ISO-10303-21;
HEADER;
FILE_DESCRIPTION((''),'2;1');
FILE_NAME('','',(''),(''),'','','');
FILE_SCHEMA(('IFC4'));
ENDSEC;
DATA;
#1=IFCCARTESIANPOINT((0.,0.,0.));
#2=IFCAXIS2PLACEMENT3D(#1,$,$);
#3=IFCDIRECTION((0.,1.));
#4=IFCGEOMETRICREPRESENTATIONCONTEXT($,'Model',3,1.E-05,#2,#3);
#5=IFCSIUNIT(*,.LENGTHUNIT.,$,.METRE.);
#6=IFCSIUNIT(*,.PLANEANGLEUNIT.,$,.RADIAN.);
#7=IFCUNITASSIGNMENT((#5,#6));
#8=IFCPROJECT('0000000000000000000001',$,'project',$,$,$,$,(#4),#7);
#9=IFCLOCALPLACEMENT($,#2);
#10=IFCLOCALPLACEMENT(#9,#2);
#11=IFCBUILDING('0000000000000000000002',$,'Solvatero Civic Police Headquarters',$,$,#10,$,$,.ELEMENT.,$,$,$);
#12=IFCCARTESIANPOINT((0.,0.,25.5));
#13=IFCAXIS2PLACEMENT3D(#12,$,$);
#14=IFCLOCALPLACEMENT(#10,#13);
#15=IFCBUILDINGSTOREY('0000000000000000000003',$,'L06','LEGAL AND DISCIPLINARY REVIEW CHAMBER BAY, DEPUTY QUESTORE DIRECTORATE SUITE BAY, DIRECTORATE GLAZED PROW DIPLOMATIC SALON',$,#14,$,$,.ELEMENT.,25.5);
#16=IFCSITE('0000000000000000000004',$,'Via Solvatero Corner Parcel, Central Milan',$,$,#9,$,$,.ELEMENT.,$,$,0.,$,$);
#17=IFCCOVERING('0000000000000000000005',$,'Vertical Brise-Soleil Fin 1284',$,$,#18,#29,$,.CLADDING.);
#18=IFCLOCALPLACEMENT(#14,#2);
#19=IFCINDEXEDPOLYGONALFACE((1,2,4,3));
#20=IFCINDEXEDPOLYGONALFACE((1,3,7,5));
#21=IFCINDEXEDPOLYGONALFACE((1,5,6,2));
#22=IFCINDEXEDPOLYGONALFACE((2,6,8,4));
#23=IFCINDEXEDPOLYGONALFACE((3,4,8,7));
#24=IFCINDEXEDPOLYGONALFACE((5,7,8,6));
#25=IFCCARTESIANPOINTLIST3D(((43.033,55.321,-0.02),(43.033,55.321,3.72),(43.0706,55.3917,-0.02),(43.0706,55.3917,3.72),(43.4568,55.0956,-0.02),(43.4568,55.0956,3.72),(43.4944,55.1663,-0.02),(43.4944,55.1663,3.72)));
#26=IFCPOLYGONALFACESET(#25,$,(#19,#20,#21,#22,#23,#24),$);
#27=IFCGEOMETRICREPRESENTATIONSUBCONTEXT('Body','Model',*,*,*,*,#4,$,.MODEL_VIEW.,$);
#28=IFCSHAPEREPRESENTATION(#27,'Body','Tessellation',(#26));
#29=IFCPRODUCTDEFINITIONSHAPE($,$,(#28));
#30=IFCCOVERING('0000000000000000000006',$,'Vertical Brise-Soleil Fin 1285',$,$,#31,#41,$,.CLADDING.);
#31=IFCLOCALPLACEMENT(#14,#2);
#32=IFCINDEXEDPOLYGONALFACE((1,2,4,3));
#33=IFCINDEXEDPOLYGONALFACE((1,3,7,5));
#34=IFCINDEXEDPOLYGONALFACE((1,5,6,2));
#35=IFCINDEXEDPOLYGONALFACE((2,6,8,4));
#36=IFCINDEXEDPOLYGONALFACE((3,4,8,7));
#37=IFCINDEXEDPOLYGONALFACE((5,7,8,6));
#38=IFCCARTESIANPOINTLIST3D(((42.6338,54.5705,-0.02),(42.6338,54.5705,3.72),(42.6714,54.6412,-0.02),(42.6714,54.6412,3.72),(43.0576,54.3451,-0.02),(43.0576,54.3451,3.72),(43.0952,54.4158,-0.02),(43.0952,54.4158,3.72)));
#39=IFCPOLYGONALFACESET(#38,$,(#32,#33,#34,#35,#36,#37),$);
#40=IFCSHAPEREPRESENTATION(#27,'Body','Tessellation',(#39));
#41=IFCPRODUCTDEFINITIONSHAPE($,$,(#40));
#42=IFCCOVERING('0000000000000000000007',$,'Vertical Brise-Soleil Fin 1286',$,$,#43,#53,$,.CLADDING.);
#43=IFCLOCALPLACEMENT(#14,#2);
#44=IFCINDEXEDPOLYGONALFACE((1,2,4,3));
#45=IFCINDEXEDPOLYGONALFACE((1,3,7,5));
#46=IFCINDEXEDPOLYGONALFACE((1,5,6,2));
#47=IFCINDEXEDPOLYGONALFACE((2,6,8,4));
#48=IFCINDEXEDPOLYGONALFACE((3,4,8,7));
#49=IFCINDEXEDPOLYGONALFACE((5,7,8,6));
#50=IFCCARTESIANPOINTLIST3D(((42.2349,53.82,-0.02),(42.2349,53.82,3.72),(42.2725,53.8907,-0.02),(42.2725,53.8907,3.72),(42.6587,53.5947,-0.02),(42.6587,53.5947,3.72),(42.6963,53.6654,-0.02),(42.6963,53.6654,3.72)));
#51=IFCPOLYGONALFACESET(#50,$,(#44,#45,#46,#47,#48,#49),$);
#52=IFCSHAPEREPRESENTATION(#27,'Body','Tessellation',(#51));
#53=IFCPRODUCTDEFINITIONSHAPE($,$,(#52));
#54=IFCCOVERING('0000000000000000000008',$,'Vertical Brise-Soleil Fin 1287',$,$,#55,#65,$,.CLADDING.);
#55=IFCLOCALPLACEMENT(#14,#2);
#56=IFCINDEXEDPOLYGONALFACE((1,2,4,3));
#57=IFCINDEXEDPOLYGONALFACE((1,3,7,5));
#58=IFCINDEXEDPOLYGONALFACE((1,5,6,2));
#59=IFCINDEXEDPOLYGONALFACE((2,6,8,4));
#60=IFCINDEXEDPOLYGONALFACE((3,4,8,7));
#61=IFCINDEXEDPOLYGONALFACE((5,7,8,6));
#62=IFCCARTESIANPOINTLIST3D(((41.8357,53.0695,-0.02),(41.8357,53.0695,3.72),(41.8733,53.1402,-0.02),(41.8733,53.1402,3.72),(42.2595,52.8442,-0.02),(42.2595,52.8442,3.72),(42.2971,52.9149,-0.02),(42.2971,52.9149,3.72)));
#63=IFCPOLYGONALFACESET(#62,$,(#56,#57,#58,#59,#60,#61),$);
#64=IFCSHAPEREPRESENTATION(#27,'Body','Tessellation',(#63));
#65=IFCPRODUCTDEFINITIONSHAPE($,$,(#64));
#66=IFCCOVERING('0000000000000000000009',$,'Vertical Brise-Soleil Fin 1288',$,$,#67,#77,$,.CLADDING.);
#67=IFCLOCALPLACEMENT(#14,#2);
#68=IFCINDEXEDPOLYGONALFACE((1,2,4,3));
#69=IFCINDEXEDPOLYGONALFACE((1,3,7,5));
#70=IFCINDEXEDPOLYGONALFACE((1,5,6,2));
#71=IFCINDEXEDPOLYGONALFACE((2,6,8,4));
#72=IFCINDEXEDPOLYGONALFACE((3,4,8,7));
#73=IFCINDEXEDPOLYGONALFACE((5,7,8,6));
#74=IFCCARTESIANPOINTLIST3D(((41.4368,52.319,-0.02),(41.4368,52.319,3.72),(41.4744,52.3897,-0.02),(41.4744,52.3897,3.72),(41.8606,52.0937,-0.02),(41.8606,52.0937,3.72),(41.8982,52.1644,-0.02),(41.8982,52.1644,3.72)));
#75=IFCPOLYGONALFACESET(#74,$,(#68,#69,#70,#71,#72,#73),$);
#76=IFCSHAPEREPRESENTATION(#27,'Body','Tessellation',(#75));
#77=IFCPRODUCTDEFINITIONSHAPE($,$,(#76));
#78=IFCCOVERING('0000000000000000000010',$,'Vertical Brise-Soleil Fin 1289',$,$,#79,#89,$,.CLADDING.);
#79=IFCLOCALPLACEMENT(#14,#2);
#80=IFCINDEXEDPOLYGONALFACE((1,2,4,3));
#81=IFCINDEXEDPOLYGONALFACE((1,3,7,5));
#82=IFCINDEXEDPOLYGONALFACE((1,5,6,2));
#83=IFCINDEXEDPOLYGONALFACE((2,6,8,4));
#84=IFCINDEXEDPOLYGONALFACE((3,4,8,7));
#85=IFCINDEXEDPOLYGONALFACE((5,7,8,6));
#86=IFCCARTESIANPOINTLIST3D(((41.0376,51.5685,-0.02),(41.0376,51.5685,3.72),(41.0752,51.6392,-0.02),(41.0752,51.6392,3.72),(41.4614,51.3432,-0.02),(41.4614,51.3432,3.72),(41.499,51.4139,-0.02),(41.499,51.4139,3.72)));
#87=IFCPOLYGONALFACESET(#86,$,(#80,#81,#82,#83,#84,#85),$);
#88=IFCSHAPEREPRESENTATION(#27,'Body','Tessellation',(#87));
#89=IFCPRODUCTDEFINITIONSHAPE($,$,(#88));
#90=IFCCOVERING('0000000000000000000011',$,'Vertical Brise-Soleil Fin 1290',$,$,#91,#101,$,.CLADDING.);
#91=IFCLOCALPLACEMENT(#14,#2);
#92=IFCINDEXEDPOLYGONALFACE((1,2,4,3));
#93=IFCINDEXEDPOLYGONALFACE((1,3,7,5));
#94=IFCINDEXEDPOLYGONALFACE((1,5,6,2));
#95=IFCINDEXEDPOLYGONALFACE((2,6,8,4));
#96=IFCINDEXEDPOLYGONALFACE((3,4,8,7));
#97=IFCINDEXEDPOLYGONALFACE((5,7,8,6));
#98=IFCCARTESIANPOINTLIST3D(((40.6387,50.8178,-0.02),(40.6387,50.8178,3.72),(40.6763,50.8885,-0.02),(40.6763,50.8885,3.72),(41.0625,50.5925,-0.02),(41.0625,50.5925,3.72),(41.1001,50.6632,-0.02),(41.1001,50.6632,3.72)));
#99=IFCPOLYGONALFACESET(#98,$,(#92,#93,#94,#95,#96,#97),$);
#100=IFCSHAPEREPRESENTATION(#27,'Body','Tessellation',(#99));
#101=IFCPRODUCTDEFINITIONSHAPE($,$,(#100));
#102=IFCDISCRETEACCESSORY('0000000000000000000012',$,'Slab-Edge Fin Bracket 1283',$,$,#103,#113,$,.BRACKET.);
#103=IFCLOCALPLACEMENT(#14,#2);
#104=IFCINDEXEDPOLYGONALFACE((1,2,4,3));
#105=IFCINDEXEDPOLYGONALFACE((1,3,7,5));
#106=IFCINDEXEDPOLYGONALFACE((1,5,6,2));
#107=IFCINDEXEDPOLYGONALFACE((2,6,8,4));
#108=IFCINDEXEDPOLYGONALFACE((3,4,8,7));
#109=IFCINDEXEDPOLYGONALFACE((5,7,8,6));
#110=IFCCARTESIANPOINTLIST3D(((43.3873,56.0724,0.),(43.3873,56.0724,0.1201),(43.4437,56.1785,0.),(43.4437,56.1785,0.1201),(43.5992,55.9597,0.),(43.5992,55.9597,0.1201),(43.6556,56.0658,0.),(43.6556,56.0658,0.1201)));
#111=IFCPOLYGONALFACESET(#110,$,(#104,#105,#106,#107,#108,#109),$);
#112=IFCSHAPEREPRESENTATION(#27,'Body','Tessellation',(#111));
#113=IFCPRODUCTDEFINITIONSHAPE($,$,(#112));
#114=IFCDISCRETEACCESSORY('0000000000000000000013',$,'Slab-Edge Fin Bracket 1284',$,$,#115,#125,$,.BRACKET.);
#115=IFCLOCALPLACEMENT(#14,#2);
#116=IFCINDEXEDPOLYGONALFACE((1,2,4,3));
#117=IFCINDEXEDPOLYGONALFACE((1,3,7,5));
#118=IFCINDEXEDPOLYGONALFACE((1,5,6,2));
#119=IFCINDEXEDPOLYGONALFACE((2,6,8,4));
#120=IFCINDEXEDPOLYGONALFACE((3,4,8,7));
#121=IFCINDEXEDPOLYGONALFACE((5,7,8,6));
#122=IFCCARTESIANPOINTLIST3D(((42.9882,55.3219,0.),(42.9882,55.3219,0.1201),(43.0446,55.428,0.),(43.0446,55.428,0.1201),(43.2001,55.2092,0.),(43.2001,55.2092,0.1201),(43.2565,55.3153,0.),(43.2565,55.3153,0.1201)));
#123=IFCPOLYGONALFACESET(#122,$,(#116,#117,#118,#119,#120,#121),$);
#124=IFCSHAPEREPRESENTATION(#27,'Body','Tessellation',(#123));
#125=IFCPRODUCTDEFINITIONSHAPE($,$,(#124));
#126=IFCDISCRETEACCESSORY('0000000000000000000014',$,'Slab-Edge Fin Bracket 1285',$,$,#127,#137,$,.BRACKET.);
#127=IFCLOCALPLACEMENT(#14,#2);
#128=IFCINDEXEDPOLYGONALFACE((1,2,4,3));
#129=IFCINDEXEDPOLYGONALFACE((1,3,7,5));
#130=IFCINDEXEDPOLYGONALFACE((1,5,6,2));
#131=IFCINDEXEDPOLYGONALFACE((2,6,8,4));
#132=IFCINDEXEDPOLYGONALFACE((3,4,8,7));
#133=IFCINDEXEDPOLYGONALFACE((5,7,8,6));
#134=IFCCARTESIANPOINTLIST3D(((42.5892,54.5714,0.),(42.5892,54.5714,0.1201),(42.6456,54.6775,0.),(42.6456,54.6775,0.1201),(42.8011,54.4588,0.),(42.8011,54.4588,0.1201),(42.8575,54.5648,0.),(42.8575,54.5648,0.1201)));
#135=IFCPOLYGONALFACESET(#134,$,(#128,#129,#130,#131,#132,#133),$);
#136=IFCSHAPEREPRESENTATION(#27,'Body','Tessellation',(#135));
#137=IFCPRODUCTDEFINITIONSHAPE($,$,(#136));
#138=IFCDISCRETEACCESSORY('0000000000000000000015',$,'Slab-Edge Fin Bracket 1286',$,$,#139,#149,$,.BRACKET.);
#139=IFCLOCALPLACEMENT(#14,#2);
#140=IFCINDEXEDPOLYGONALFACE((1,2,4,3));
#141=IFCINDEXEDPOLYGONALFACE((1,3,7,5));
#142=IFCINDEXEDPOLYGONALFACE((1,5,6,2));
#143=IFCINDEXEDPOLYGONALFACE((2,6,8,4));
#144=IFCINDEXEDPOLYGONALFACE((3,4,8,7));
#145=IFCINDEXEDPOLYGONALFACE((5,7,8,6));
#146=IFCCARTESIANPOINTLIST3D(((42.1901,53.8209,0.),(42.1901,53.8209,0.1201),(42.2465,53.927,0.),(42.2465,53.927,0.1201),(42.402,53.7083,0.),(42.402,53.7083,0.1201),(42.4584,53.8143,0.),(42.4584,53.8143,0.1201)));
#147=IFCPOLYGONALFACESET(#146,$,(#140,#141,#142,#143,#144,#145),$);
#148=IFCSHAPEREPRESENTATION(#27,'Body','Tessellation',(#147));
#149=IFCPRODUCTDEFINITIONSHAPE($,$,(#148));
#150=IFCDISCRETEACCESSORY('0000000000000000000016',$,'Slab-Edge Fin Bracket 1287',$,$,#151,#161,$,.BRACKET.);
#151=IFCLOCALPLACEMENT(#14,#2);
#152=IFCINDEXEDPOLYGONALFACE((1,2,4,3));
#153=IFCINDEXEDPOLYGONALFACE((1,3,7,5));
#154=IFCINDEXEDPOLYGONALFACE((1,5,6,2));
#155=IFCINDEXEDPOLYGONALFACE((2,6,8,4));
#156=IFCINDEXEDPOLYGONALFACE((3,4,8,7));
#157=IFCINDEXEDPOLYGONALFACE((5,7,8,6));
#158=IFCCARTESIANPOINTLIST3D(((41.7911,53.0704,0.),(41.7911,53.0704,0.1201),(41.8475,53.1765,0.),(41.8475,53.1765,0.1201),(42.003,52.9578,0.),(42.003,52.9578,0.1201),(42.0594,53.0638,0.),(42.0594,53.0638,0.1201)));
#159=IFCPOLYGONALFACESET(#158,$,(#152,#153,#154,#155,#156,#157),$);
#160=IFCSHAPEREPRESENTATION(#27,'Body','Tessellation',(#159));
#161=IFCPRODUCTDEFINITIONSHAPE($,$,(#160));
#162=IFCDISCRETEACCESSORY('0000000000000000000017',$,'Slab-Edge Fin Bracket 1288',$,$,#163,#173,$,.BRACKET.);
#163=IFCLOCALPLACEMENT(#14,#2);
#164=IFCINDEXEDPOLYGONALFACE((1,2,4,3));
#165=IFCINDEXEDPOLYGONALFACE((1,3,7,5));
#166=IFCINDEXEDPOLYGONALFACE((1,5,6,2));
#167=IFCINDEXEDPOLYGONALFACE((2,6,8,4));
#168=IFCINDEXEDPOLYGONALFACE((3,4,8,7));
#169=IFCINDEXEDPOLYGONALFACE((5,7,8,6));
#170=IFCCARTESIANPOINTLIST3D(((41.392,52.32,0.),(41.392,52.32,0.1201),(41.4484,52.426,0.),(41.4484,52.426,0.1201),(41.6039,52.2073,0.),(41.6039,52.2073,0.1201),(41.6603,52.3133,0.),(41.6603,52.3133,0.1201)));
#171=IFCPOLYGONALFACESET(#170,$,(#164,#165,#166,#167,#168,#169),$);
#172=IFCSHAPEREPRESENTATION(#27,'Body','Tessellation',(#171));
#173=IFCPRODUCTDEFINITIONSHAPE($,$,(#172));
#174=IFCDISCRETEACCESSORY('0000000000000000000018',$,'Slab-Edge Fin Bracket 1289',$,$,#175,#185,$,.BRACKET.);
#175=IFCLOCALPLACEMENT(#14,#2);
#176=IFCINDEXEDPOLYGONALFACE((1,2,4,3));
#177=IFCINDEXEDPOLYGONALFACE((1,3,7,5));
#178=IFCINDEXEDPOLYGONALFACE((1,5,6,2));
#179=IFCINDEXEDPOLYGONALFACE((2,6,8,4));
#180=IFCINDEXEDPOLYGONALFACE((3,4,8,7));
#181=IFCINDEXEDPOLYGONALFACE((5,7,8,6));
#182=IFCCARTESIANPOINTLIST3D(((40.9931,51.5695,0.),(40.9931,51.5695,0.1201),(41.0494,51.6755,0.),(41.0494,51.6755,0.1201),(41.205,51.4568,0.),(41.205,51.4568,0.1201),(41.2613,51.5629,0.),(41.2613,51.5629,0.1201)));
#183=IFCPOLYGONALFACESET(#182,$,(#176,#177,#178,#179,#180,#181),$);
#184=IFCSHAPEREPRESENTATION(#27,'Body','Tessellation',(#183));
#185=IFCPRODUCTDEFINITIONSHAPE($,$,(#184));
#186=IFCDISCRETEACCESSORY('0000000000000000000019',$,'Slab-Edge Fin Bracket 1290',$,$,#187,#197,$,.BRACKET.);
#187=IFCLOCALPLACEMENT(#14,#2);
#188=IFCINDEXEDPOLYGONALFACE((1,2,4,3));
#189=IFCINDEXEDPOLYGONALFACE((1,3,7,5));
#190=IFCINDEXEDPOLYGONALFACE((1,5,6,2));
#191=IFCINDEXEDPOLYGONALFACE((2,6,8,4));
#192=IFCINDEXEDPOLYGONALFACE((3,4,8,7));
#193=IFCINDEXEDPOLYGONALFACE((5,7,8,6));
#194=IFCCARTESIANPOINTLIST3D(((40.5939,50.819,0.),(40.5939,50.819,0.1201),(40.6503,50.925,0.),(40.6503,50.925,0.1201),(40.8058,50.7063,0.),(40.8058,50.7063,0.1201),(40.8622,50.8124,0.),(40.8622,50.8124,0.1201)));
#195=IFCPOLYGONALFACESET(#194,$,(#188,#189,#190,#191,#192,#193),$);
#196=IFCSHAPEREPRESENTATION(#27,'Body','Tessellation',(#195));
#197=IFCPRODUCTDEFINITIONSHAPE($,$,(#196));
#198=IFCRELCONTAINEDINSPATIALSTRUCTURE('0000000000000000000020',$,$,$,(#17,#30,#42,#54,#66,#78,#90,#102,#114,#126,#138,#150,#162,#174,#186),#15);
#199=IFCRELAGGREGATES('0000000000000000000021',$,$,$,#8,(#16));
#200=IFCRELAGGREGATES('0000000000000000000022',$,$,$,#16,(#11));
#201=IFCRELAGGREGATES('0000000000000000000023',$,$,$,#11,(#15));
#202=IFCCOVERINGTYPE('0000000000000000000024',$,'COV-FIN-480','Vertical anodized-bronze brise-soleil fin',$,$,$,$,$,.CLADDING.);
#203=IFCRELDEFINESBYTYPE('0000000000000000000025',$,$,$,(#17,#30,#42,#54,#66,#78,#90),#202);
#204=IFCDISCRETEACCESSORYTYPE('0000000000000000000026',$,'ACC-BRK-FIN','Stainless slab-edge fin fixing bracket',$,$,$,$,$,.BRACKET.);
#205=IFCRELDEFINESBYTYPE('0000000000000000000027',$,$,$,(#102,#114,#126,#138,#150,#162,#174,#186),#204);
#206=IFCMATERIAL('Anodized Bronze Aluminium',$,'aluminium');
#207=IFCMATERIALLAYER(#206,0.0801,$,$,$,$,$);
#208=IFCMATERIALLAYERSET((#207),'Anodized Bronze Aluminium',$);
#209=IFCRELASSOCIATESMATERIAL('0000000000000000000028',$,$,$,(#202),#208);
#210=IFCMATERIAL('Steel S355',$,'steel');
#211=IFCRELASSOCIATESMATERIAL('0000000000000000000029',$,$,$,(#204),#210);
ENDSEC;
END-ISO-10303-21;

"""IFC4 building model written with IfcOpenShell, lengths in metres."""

from ifc_helpers import new_model, si_unit, direction, frame, origin, origin_2d, place, context, subcontext, project, spatial, rectangle, extrude, material, layer, layer_set, type_object, element, save


model = new_model("IFC4")

# Units and contexts
model_context = context("Model", 3, precision=1e-05, world=origin(), true_north=direction((0.0, 1.0)))
body_context = subcontext(model_context, "Body", "Model", "MODEL_VIEW")
ifc_project = project(units=[si_unit("LENGTHUNIT", "METRE"), si_unit("PLANEANGLEUNIT", "RADIAN")], contexts=[model_context])

# Site, building, storey
site_placement = place(None, origin())
site = spatial("IfcSite", under=ifc_project, at=site_placement, Name="Via Solvatero Corner Parcel, Central Milan", CompositionType="ELEMENT", RefElevation=0.0)
building_placement = place(site_placement, origin())
building = spatial("IfcBuilding", under=site, at=building_placement, Name="Solvatero Civic Police Headquarters", CompositionType="ELEMENT")
storey_placement = place(building_placement, frame((0.0, 0.0, 25.5)))
storey = spatial("IfcBuildingStorey", under=building, at=storey_placement, Name="L06", Description="LEGAL AND DISCIPLINARY REVIEW CHAMBER BAY, DEPUTY QUESTORE DIRECTORATE SUITE BAY, DIRECTORATE GLAZED PROW DIPLOMATIC SALON", CompositionType="ELEMENT", Elevation=25.5)

# Shared definitions
ifc_material_1 = material(Name="Anodized Bronze Aluminium", Category="aluminium")

# Coverings
ifc_layer_1 = layer(ifc_material_1, 0.0801)
ifc_layer_set_1 = layer_set([ifc_layer_1], Name="Anodized Bronze Aluminium")
covering_type = type_object("IfcCoveringType", Name="COV-FIN-480", Description="Vertical anodized-bronze brise-soleil fin", PredefinedType="CLADDING", material=ifc_layer_set_1)
for number, where, z_axis, x_axis, name in (
    (1, (43.2637, 55.2437, -0.02), (0.0, 0.0, 1.0), (-0.469472, -0.882948, 0.0), "Vertical Brise-Soleil Fin 1284"),
    (2, (42.8645, 54.4932, -0.02), (0.0, 0.0, 1.0), (-0.469472, -0.882948, 0.0), "Vertical Brise-Soleil Fin 1285"),
    (3, (42.4656, 53.7427, -0.02), (0.0, 0.0, 1.0), (-0.469472, -0.882948, 0.0), "Vertical Brise-Soleil Fin 1286"),
    (4, (42.0664, 52.9922, -0.02), (0.0, 0.0, 1.0), (-0.469472, -0.882948, 0.0), "Vertical Brise-Soleil Fin 1287"),
    (5, (41.6675, 52.2417, -0.02), (0.0, 0.0, 1.0), (-0.469472, -0.882948, 0.0), "Vertical Brise-Soleil Fin 1288"),
    (6, (41.2683, 51.4912, -0.02), (0.0, 0.0, 1.0), (-0.469472, -0.882948, 0.0), "Vertical Brise-Soleil Fin 1289"),
    (7, (40.8694, 50.7405, -0.02), (0.0, 0.0, 1.0), (-0.469472, -0.882948, 0.0), "Vertical Brise-Soleil Fin 1290"),
):
    element("IfcCovering", number, at=place(storey_placement, frame(where, z_axis=z_axis, x_axis=x_axis)), inside=storey, type_object=covering_type, Name=name, PredefinedType="CLADDING", context=body_context, shape_type="SweptSolid", body=[
        extrude(rectangle(XDim=0.0801, YDim=0.48, at=origin_2d()), origin(), (0.0, 0.0, 1.0), 3.74),
    ])

# Discrete accessories
ifc_material_2 = material(Name="Steel S355", Category="steel")
discrete_accessory_type = type_object("IfcDiscreteAccessoryType", Name="ACC-BRK-FIN", Description="Stainless slab-edge fin fixing bracket", PredefinedType="BRACKET", material=ifc_material_2)
for number, where, z_axis, x_axis, name in (
    (8, (43.5215, 56.0691, 0.0), (0.0, 0.0, 1.0), (-0.469472, -0.882948, 0.0), "Slab-Edge Fin Bracket 1283"),
    (9, (43.1223, 55.3186, 0.0), (0.0, 0.0, 1.0), (-0.469472, -0.882948, 0.0), "Slab-Edge Fin Bracket 1284"),
    (10, (42.7234, 54.5681, 0.0), (0.0, 0.0, 1.0), (-0.469472, -0.882948, 0.0), "Slab-Edge Fin Bracket 1285"),
    (11, (42.3242, 53.8176, 0.0), (0.0, 0.0, 1.0), (-0.469472, -0.882948, 0.0), "Slab-Edge Fin Bracket 1286"),
    (12, (41.9253, 53.0671, 0.0), (0.0, 0.0, 1.0), (-0.469472, -0.882948, 0.0), "Slab-Edge Fin Bracket 1287"),
    (13, (41.5261, 52.3167, 0.0), (0.0, 0.0, 1.0), (-0.469472, -0.882948, 0.0), "Slab-Edge Fin Bracket 1288"),
    (14, (41.1272, 51.5662, 0.0), (0.0, 0.0, 1.0), (-0.469472, -0.882948, 0.0), "Slab-Edge Fin Bracket 1289"),
    (15, (40.728, 50.8157, 0.0), (0.0, 0.0, 1.0), (-0.469472, -0.882948, 0.0), "Slab-Edge Fin Bracket 1290"),
):
    element("IfcDiscreteAccessory", number, at=place(storey_placement, frame(where, z_axis=z_axis, x_axis=x_axis)), inside=storey, type_object=discrete_accessory_type, Name=name, PredefinedType="BRACKET", context=body_context, shape_type="SweptSolid", body=[
        extrude(rectangle(XDim=0.1201, YDim=0.24, at=origin_2d()), origin(), (0.0, 0.0, 1.0), 0.1201),
    ])

save(model, "model.ifc")
